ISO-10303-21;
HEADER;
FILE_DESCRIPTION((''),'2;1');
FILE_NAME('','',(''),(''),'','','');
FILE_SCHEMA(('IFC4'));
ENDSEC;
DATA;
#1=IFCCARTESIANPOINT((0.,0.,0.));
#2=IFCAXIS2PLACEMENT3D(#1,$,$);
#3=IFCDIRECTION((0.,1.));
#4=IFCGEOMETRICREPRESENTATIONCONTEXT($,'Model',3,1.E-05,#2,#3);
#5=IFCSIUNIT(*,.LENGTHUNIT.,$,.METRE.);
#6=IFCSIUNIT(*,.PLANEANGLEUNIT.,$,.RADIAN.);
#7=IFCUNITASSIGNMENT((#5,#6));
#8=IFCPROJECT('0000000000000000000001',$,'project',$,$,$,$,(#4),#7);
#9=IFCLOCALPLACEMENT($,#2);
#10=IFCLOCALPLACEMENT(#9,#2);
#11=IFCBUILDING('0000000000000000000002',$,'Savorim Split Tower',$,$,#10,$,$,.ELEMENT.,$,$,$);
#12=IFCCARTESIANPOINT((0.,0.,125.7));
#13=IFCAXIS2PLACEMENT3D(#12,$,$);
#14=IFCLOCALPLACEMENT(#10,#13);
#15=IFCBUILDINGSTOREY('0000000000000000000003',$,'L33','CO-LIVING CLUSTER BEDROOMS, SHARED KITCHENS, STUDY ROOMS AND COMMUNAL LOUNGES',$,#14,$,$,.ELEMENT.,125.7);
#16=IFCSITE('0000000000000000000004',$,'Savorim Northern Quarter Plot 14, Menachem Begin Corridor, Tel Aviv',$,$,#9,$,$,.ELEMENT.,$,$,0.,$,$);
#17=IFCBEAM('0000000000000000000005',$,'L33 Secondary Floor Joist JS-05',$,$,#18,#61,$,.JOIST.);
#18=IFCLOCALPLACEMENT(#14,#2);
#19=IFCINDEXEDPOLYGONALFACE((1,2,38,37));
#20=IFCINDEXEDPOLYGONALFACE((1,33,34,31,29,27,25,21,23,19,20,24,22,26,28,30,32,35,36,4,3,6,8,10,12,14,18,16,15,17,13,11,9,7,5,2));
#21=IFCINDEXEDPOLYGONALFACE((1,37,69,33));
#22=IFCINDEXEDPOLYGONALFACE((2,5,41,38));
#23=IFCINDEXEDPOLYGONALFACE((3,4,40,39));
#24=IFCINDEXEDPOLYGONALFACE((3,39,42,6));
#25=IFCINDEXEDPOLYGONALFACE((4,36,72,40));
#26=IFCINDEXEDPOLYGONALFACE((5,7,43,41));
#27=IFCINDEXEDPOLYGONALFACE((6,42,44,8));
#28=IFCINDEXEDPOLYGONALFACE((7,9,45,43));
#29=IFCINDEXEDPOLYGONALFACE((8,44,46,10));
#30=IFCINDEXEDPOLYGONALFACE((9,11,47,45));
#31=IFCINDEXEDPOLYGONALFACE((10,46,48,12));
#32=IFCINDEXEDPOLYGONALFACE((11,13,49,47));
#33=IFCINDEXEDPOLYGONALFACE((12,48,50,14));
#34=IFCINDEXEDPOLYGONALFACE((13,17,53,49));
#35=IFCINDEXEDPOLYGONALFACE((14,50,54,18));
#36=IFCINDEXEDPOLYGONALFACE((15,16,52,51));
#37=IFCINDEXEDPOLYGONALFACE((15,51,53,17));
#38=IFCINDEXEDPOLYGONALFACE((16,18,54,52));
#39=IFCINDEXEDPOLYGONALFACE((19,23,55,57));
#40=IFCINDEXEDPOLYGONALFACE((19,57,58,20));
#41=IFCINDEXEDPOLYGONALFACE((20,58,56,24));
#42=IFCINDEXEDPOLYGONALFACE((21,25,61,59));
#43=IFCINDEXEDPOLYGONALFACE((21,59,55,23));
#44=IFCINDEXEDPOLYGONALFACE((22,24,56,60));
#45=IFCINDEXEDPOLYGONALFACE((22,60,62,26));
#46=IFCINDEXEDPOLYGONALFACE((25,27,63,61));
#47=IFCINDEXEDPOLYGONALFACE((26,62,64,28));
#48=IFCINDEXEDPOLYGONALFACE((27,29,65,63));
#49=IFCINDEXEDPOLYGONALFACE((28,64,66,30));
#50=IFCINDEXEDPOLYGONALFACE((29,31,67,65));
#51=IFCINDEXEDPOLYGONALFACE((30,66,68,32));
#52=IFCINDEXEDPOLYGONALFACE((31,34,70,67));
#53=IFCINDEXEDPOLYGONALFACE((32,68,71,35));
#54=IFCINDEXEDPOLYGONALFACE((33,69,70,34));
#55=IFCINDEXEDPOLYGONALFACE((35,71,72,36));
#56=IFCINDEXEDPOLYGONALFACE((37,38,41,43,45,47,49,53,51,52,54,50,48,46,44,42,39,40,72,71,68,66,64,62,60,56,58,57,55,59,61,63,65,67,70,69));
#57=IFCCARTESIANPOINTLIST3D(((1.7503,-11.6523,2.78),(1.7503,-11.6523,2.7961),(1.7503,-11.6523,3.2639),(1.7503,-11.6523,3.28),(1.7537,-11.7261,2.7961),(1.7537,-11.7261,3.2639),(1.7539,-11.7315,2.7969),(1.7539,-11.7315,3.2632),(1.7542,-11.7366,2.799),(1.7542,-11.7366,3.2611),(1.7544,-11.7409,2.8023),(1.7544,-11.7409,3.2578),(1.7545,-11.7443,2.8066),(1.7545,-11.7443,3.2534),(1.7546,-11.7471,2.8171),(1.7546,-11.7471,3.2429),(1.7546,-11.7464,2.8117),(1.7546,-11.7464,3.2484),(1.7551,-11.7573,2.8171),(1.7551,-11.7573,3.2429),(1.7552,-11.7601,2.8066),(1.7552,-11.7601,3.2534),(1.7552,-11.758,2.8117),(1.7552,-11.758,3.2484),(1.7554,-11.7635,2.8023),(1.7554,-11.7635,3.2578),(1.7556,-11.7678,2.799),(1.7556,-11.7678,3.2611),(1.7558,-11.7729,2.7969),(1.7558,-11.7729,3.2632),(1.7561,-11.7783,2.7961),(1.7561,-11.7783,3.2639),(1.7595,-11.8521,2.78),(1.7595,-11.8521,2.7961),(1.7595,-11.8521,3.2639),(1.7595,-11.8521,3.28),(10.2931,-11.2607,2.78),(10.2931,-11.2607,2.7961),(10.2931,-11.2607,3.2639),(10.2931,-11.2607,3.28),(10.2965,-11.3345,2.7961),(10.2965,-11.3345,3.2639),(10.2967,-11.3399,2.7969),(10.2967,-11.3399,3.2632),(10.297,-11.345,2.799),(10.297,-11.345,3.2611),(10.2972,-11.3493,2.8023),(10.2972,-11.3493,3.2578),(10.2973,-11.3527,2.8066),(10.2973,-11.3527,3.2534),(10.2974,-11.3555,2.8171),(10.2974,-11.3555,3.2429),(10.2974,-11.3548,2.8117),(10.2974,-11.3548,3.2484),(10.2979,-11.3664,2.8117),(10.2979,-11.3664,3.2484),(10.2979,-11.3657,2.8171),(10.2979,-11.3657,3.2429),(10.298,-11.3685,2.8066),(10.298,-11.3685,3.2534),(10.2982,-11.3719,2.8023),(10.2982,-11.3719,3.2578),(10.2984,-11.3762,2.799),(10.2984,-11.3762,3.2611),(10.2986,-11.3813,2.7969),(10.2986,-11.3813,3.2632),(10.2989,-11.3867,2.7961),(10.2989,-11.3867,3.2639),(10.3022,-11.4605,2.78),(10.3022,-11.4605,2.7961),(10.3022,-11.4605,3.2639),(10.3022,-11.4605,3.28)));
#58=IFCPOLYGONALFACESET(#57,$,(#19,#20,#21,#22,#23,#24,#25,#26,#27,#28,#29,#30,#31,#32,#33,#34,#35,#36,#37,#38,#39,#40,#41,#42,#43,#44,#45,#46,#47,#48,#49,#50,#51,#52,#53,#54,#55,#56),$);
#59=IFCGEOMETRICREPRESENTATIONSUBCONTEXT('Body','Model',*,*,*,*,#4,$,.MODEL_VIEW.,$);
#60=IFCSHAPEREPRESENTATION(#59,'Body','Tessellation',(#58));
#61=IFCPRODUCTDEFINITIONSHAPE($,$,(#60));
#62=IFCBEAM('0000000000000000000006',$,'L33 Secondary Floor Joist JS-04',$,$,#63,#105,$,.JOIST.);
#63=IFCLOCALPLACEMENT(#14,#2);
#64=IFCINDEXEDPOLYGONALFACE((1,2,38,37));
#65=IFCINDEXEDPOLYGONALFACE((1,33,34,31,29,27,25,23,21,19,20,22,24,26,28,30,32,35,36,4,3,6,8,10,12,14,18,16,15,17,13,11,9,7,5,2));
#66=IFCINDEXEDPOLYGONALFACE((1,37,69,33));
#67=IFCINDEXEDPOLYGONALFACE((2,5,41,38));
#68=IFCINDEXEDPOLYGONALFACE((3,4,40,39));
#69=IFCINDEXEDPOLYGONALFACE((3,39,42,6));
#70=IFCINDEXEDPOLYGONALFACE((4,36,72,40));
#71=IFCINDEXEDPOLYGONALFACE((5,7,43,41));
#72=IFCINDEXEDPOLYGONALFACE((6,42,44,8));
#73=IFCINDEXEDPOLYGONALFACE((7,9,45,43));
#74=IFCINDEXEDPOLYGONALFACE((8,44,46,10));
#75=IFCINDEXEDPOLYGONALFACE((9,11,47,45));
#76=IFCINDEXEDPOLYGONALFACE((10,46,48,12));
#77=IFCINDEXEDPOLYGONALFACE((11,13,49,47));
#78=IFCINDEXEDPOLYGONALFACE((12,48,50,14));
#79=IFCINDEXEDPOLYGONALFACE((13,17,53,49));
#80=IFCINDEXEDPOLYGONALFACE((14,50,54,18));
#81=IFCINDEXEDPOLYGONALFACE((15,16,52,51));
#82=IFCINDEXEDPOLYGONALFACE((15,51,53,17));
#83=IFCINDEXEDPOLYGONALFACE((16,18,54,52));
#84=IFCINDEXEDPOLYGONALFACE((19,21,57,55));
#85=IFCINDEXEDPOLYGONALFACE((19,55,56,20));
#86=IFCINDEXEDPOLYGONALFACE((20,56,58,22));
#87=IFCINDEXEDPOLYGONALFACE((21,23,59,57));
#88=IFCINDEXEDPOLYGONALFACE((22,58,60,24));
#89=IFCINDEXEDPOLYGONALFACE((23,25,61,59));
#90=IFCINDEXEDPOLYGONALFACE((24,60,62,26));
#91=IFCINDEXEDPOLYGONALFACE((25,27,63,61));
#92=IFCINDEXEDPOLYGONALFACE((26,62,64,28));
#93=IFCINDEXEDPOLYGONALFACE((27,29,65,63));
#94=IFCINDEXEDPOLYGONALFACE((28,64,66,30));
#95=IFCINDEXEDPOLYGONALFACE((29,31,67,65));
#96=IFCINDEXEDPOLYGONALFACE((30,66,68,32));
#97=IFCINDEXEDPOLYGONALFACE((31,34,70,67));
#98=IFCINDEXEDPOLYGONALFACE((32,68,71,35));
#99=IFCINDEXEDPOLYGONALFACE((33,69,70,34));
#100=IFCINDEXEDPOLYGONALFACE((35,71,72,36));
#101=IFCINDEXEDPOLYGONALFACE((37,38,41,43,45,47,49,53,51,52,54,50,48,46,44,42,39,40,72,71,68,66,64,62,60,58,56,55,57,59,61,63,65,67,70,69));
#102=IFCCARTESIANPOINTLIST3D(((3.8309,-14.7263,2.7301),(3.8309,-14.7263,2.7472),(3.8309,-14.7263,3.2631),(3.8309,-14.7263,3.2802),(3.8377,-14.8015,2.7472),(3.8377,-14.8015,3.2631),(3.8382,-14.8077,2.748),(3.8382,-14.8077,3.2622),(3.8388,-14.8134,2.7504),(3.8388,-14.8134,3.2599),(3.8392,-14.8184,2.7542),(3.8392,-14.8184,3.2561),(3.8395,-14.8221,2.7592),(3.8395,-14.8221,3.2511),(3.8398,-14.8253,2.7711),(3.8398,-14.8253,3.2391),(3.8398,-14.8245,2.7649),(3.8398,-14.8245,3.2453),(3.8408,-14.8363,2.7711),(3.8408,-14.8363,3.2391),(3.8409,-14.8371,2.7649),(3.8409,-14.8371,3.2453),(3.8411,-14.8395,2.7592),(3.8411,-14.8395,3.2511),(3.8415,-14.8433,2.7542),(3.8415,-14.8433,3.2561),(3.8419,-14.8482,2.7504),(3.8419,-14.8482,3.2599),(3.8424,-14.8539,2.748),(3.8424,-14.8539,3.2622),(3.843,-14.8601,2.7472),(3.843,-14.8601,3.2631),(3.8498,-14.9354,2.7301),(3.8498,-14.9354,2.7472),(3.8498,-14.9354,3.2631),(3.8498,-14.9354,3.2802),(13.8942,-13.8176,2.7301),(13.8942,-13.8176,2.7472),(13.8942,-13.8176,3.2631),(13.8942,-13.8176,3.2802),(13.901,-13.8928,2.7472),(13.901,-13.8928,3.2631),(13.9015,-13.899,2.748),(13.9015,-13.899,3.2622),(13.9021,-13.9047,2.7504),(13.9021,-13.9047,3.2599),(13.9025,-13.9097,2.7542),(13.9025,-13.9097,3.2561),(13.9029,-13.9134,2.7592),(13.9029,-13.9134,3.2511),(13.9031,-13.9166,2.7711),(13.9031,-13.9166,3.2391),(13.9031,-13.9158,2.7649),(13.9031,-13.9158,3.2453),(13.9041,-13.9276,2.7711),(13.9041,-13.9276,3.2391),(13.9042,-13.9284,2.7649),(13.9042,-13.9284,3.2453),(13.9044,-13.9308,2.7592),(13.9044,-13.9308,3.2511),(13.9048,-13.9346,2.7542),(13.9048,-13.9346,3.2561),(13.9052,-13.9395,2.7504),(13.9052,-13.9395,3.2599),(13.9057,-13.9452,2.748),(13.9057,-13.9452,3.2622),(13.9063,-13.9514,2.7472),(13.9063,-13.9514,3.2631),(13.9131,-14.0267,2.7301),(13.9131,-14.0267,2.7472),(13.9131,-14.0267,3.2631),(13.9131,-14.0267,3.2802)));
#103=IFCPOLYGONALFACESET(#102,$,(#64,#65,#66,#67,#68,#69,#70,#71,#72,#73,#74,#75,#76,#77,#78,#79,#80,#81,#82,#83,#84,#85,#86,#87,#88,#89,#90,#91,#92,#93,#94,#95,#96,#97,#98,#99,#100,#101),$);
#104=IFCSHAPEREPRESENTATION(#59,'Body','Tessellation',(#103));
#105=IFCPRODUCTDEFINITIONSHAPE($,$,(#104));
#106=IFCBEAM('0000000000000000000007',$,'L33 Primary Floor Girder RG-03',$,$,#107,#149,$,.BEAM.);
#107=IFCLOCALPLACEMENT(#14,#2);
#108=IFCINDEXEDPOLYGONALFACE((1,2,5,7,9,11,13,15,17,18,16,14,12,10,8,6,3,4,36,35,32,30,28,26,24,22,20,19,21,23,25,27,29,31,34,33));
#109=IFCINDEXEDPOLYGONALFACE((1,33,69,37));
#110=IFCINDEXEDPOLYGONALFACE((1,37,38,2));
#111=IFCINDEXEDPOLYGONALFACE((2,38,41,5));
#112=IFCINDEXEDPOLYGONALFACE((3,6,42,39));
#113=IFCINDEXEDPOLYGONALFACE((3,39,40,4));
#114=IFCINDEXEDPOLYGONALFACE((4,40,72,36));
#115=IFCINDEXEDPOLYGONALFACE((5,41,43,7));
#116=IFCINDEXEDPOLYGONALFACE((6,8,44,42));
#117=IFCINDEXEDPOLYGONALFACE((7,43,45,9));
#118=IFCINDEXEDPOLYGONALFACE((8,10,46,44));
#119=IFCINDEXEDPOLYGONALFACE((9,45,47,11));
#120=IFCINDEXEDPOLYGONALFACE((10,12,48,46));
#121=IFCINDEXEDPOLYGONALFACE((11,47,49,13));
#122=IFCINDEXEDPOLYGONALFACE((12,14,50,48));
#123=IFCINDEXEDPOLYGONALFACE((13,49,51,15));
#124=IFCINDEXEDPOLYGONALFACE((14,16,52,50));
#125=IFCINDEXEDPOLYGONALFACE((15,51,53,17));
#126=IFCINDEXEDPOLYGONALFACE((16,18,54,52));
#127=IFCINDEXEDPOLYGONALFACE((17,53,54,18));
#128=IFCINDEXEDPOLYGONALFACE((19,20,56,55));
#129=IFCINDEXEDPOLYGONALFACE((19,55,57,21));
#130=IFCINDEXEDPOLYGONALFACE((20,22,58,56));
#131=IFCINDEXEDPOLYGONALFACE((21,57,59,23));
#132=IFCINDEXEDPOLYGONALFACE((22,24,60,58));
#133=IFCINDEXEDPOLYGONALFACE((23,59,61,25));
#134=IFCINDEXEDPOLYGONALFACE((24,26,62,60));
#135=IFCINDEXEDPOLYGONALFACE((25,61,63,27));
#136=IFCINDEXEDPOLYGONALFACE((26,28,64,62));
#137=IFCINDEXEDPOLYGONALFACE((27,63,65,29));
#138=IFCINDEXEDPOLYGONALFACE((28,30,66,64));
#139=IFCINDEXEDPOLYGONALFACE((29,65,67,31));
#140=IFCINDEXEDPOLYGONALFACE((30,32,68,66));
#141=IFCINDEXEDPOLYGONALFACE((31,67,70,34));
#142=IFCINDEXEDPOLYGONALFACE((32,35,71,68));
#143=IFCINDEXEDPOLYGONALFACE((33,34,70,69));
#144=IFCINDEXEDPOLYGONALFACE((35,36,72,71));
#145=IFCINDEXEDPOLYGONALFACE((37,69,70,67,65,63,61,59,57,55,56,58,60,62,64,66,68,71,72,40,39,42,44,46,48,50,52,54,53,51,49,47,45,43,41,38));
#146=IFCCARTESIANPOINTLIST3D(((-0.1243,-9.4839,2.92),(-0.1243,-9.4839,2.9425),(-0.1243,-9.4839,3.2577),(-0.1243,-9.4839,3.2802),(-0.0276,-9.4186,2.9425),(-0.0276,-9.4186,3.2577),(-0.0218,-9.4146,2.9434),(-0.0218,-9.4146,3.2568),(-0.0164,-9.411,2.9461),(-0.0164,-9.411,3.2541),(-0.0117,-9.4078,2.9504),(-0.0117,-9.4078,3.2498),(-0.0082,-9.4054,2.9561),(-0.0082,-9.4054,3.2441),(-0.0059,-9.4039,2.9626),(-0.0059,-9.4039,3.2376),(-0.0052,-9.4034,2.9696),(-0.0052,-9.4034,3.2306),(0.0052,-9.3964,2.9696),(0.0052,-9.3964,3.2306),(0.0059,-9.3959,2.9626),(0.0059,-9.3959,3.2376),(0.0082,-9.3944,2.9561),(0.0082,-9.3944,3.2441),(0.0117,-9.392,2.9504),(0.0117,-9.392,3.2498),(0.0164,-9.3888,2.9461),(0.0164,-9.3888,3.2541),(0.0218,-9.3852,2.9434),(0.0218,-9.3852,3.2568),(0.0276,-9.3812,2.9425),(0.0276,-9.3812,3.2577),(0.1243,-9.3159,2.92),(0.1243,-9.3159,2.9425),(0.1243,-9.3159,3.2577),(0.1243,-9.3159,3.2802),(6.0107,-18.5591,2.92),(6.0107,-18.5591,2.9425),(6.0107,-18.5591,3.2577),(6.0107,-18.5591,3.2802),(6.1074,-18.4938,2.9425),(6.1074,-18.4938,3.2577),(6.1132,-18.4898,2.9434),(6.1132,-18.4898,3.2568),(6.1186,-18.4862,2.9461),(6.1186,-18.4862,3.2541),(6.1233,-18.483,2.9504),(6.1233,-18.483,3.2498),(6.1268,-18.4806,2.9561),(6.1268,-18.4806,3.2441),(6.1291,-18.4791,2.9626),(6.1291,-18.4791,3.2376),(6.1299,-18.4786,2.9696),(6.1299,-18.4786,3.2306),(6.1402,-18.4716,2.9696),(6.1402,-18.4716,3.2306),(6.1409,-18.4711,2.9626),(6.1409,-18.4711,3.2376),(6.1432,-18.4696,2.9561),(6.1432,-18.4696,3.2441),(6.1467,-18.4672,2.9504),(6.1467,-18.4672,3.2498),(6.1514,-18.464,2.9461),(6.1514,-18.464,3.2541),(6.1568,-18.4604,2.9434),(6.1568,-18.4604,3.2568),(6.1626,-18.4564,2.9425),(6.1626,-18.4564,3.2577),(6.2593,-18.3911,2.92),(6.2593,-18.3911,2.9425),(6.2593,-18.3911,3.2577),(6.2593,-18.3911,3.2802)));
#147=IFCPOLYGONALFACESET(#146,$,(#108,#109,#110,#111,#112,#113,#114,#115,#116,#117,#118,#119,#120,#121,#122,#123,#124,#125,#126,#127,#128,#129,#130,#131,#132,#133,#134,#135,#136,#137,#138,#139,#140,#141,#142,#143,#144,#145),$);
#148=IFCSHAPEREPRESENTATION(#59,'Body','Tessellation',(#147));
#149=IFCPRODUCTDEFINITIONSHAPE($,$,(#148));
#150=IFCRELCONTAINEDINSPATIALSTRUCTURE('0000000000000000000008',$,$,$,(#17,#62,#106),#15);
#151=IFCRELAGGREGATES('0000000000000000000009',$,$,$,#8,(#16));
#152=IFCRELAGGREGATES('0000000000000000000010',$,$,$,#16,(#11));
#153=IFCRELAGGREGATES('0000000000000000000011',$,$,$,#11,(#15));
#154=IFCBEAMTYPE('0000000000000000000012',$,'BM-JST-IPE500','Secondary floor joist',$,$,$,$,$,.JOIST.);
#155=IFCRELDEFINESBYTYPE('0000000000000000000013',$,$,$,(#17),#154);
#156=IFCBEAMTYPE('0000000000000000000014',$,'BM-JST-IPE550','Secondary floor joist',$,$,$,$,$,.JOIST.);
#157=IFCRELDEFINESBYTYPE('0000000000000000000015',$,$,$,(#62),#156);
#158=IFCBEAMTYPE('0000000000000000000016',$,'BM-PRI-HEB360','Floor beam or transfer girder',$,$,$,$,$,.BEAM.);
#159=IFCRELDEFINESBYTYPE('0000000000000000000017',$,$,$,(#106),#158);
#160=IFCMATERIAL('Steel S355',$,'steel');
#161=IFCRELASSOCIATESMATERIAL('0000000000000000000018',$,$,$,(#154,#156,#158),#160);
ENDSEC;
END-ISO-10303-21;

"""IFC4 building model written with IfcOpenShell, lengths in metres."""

from ifc_helpers import new_model, si_unit, direction, frame, origin, origin_2d, place, context, subcontext, project, spatial, i_section, extrude, material, material_profile, profile_set, type_object, element, save


model = new_model("IFC4")

# Units and contexts
model_context = context("Model", 3, precision=1e-05, world=origin(), true_north=direction((0.0, 1.0)))
body_context = subcontext(model_context, "Body", "Model", "MODEL_VIEW")
ifc_project = project(units=[si_unit("LENGTHUNIT", "METRE"), si_unit("PLANEANGLEUNIT", "RADIAN")], contexts=[model_context])

# Site, building, storey
site_placement = place(None, origin())
site = spatial("IfcSite", under=ifc_project, at=site_placement, Name="Savorim Northern Quarter Plot 14, Menachem Begin Corridor, Tel Aviv", CompositionType="ELEMENT", RefElevation=0.0)
building_placement = place(site_placement, origin())
building = spatial("IfcBuilding", under=site, at=building_placement, Name="Savorim Split Tower", CompositionType="ELEMENT")
storey_placement = place(building_placement, frame((0.0, 0.0, 125.7)))
storey = spatial("IfcBuildingStorey", under=building, at=storey_placement, Name="L33", Description="CO-LIVING CLUSTER BEDROOMS, SHARED KITCHENS, STUDY ROOMS AND COMMUNAL LOUNGES", CompositionType="ELEMENT", Elevation=125.7)

# Beams
ifc_material_1 = material(Name="Steel S355", Category="steel")
ifc_material_profile_1 = material_profile(ifc_material_1, i_section(OverallWidth=0.2, OverallDepth=0.5, WebThickness=0.0103, FlangeThickness=0.0161, FilletRadius=0.021, at=origin_2d()), Name="IPE 500")
ifc_profile_set_1 = profile_set([ifc_material_profile_1], Name="Steel S355")
beam_type_1 = type_object("IfcBeamType", Name="BM-JST-IPE500", Description="Secondary floor joist", PredefinedType="JOIST", material=ifc_profile_set_1)
beam_1_placement = place(storey_placement, frame((1.7549, -11.7522, 3.03), z_axis=(0.998951, 0.045792, 0.0), x_axis=(-0.045792, 0.998951, 0.0)))
element("IfcBeam", 1, at=beam_1_placement, inside=storey, type_object=beam_type_1, Name="L33 Secondary Floor Joist JS-05", PredefinedType="JOIST", context=body_context, shape_type="SweptSolid", body=[
    extrude(i_section(OverallWidth=0.2, OverallDepth=0.5, WebThickness=0.0103, FlangeThickness=0.0161, FilletRadius=0.021, at=origin_2d()), origin(), (0.0, 0.0, 1.0), 8.5518),
])
ifc_material_profile_2 = material_profile(ifc_material_1, i_section(OverallWidth=0.21, OverallDepth=0.55, WebThickness=0.011, FlangeThickness=0.0171, FilletRadius=0.0239, at=origin_2d()), Name="IPE 550")
ifc_profile_set_2 = profile_set([ifc_material_profile_2], Name="Steel S355")
beam_type_2 = type_object("IfcBeamType", Name="BM-JST-IPE550", Description="Secondary floor joist", PredefinedType="JOIST", material=ifc_profile_set_2)
beam_2_placement = place(storey_placement, frame((3.8403, -14.8308, 3.0051), z_axis=(0.995948, 0.089932, 0.0), x_axis=(-0.089932, 0.995948, 0.0)))
element("IfcBeam", 2, at=beam_2_placement, inside=storey, type_object=beam_type_2, Name="L33 Secondary Floor Joist JS-04", PredefinedType="JOIST", context=body_context, shape_type="SweptSolid", body=[
    extrude(i_section(OverallWidth=0.21, OverallDepth=0.55, WebThickness=0.011, FlangeThickness=0.0171, FilletRadius=0.0239, at=origin_2d()), origin(), (0.0, 0.0, 1.0), 10.1042),
])
ifc_material_profile_3 = material_profile(ifc_material_1, i_section(OverallWidth=0.3, OverallDepth=0.3601, WebThickness=0.0125, FlangeThickness=0.0225, FilletRadius=0.0271, at=origin_2d()), Name="HEB 360")
ifc_profile_set_3 = profile_set([ifc_material_profile_3], Name="Steel S355")
beam_type_3 = type_object("IfcBeamType", Name="BM-PRI-HEB360", Description="Floor beam or transfer girder", PredefinedType="BEAM", material=ifc_profile_set_3)
beam_3_placement = place(storey_placement, frame((6.135, -18.4751, 3.1001), z_axis=(-0.560053, 0.828457, 0.0), x_axis=(-0.828457, -0.560053, 0.0)))
element("IfcBeam", 3, at=beam_3_placement, inside=storey, type_object=beam_type_3, Name="L33 Primary Floor Girder RG-03", PredefinedType="BEAM", context=body_context, shape_type="SweptSolid", body=[
    extrude(i_section(OverallWidth=0.3, OverallDepth=0.3601, WebThickness=0.0125, FlangeThickness=0.0225, FilletRadius=0.0271, at=origin_2d()), origin(), (0.0, 0.0, 1.0), 10.9543),
])

save(model, "model.ifc")
